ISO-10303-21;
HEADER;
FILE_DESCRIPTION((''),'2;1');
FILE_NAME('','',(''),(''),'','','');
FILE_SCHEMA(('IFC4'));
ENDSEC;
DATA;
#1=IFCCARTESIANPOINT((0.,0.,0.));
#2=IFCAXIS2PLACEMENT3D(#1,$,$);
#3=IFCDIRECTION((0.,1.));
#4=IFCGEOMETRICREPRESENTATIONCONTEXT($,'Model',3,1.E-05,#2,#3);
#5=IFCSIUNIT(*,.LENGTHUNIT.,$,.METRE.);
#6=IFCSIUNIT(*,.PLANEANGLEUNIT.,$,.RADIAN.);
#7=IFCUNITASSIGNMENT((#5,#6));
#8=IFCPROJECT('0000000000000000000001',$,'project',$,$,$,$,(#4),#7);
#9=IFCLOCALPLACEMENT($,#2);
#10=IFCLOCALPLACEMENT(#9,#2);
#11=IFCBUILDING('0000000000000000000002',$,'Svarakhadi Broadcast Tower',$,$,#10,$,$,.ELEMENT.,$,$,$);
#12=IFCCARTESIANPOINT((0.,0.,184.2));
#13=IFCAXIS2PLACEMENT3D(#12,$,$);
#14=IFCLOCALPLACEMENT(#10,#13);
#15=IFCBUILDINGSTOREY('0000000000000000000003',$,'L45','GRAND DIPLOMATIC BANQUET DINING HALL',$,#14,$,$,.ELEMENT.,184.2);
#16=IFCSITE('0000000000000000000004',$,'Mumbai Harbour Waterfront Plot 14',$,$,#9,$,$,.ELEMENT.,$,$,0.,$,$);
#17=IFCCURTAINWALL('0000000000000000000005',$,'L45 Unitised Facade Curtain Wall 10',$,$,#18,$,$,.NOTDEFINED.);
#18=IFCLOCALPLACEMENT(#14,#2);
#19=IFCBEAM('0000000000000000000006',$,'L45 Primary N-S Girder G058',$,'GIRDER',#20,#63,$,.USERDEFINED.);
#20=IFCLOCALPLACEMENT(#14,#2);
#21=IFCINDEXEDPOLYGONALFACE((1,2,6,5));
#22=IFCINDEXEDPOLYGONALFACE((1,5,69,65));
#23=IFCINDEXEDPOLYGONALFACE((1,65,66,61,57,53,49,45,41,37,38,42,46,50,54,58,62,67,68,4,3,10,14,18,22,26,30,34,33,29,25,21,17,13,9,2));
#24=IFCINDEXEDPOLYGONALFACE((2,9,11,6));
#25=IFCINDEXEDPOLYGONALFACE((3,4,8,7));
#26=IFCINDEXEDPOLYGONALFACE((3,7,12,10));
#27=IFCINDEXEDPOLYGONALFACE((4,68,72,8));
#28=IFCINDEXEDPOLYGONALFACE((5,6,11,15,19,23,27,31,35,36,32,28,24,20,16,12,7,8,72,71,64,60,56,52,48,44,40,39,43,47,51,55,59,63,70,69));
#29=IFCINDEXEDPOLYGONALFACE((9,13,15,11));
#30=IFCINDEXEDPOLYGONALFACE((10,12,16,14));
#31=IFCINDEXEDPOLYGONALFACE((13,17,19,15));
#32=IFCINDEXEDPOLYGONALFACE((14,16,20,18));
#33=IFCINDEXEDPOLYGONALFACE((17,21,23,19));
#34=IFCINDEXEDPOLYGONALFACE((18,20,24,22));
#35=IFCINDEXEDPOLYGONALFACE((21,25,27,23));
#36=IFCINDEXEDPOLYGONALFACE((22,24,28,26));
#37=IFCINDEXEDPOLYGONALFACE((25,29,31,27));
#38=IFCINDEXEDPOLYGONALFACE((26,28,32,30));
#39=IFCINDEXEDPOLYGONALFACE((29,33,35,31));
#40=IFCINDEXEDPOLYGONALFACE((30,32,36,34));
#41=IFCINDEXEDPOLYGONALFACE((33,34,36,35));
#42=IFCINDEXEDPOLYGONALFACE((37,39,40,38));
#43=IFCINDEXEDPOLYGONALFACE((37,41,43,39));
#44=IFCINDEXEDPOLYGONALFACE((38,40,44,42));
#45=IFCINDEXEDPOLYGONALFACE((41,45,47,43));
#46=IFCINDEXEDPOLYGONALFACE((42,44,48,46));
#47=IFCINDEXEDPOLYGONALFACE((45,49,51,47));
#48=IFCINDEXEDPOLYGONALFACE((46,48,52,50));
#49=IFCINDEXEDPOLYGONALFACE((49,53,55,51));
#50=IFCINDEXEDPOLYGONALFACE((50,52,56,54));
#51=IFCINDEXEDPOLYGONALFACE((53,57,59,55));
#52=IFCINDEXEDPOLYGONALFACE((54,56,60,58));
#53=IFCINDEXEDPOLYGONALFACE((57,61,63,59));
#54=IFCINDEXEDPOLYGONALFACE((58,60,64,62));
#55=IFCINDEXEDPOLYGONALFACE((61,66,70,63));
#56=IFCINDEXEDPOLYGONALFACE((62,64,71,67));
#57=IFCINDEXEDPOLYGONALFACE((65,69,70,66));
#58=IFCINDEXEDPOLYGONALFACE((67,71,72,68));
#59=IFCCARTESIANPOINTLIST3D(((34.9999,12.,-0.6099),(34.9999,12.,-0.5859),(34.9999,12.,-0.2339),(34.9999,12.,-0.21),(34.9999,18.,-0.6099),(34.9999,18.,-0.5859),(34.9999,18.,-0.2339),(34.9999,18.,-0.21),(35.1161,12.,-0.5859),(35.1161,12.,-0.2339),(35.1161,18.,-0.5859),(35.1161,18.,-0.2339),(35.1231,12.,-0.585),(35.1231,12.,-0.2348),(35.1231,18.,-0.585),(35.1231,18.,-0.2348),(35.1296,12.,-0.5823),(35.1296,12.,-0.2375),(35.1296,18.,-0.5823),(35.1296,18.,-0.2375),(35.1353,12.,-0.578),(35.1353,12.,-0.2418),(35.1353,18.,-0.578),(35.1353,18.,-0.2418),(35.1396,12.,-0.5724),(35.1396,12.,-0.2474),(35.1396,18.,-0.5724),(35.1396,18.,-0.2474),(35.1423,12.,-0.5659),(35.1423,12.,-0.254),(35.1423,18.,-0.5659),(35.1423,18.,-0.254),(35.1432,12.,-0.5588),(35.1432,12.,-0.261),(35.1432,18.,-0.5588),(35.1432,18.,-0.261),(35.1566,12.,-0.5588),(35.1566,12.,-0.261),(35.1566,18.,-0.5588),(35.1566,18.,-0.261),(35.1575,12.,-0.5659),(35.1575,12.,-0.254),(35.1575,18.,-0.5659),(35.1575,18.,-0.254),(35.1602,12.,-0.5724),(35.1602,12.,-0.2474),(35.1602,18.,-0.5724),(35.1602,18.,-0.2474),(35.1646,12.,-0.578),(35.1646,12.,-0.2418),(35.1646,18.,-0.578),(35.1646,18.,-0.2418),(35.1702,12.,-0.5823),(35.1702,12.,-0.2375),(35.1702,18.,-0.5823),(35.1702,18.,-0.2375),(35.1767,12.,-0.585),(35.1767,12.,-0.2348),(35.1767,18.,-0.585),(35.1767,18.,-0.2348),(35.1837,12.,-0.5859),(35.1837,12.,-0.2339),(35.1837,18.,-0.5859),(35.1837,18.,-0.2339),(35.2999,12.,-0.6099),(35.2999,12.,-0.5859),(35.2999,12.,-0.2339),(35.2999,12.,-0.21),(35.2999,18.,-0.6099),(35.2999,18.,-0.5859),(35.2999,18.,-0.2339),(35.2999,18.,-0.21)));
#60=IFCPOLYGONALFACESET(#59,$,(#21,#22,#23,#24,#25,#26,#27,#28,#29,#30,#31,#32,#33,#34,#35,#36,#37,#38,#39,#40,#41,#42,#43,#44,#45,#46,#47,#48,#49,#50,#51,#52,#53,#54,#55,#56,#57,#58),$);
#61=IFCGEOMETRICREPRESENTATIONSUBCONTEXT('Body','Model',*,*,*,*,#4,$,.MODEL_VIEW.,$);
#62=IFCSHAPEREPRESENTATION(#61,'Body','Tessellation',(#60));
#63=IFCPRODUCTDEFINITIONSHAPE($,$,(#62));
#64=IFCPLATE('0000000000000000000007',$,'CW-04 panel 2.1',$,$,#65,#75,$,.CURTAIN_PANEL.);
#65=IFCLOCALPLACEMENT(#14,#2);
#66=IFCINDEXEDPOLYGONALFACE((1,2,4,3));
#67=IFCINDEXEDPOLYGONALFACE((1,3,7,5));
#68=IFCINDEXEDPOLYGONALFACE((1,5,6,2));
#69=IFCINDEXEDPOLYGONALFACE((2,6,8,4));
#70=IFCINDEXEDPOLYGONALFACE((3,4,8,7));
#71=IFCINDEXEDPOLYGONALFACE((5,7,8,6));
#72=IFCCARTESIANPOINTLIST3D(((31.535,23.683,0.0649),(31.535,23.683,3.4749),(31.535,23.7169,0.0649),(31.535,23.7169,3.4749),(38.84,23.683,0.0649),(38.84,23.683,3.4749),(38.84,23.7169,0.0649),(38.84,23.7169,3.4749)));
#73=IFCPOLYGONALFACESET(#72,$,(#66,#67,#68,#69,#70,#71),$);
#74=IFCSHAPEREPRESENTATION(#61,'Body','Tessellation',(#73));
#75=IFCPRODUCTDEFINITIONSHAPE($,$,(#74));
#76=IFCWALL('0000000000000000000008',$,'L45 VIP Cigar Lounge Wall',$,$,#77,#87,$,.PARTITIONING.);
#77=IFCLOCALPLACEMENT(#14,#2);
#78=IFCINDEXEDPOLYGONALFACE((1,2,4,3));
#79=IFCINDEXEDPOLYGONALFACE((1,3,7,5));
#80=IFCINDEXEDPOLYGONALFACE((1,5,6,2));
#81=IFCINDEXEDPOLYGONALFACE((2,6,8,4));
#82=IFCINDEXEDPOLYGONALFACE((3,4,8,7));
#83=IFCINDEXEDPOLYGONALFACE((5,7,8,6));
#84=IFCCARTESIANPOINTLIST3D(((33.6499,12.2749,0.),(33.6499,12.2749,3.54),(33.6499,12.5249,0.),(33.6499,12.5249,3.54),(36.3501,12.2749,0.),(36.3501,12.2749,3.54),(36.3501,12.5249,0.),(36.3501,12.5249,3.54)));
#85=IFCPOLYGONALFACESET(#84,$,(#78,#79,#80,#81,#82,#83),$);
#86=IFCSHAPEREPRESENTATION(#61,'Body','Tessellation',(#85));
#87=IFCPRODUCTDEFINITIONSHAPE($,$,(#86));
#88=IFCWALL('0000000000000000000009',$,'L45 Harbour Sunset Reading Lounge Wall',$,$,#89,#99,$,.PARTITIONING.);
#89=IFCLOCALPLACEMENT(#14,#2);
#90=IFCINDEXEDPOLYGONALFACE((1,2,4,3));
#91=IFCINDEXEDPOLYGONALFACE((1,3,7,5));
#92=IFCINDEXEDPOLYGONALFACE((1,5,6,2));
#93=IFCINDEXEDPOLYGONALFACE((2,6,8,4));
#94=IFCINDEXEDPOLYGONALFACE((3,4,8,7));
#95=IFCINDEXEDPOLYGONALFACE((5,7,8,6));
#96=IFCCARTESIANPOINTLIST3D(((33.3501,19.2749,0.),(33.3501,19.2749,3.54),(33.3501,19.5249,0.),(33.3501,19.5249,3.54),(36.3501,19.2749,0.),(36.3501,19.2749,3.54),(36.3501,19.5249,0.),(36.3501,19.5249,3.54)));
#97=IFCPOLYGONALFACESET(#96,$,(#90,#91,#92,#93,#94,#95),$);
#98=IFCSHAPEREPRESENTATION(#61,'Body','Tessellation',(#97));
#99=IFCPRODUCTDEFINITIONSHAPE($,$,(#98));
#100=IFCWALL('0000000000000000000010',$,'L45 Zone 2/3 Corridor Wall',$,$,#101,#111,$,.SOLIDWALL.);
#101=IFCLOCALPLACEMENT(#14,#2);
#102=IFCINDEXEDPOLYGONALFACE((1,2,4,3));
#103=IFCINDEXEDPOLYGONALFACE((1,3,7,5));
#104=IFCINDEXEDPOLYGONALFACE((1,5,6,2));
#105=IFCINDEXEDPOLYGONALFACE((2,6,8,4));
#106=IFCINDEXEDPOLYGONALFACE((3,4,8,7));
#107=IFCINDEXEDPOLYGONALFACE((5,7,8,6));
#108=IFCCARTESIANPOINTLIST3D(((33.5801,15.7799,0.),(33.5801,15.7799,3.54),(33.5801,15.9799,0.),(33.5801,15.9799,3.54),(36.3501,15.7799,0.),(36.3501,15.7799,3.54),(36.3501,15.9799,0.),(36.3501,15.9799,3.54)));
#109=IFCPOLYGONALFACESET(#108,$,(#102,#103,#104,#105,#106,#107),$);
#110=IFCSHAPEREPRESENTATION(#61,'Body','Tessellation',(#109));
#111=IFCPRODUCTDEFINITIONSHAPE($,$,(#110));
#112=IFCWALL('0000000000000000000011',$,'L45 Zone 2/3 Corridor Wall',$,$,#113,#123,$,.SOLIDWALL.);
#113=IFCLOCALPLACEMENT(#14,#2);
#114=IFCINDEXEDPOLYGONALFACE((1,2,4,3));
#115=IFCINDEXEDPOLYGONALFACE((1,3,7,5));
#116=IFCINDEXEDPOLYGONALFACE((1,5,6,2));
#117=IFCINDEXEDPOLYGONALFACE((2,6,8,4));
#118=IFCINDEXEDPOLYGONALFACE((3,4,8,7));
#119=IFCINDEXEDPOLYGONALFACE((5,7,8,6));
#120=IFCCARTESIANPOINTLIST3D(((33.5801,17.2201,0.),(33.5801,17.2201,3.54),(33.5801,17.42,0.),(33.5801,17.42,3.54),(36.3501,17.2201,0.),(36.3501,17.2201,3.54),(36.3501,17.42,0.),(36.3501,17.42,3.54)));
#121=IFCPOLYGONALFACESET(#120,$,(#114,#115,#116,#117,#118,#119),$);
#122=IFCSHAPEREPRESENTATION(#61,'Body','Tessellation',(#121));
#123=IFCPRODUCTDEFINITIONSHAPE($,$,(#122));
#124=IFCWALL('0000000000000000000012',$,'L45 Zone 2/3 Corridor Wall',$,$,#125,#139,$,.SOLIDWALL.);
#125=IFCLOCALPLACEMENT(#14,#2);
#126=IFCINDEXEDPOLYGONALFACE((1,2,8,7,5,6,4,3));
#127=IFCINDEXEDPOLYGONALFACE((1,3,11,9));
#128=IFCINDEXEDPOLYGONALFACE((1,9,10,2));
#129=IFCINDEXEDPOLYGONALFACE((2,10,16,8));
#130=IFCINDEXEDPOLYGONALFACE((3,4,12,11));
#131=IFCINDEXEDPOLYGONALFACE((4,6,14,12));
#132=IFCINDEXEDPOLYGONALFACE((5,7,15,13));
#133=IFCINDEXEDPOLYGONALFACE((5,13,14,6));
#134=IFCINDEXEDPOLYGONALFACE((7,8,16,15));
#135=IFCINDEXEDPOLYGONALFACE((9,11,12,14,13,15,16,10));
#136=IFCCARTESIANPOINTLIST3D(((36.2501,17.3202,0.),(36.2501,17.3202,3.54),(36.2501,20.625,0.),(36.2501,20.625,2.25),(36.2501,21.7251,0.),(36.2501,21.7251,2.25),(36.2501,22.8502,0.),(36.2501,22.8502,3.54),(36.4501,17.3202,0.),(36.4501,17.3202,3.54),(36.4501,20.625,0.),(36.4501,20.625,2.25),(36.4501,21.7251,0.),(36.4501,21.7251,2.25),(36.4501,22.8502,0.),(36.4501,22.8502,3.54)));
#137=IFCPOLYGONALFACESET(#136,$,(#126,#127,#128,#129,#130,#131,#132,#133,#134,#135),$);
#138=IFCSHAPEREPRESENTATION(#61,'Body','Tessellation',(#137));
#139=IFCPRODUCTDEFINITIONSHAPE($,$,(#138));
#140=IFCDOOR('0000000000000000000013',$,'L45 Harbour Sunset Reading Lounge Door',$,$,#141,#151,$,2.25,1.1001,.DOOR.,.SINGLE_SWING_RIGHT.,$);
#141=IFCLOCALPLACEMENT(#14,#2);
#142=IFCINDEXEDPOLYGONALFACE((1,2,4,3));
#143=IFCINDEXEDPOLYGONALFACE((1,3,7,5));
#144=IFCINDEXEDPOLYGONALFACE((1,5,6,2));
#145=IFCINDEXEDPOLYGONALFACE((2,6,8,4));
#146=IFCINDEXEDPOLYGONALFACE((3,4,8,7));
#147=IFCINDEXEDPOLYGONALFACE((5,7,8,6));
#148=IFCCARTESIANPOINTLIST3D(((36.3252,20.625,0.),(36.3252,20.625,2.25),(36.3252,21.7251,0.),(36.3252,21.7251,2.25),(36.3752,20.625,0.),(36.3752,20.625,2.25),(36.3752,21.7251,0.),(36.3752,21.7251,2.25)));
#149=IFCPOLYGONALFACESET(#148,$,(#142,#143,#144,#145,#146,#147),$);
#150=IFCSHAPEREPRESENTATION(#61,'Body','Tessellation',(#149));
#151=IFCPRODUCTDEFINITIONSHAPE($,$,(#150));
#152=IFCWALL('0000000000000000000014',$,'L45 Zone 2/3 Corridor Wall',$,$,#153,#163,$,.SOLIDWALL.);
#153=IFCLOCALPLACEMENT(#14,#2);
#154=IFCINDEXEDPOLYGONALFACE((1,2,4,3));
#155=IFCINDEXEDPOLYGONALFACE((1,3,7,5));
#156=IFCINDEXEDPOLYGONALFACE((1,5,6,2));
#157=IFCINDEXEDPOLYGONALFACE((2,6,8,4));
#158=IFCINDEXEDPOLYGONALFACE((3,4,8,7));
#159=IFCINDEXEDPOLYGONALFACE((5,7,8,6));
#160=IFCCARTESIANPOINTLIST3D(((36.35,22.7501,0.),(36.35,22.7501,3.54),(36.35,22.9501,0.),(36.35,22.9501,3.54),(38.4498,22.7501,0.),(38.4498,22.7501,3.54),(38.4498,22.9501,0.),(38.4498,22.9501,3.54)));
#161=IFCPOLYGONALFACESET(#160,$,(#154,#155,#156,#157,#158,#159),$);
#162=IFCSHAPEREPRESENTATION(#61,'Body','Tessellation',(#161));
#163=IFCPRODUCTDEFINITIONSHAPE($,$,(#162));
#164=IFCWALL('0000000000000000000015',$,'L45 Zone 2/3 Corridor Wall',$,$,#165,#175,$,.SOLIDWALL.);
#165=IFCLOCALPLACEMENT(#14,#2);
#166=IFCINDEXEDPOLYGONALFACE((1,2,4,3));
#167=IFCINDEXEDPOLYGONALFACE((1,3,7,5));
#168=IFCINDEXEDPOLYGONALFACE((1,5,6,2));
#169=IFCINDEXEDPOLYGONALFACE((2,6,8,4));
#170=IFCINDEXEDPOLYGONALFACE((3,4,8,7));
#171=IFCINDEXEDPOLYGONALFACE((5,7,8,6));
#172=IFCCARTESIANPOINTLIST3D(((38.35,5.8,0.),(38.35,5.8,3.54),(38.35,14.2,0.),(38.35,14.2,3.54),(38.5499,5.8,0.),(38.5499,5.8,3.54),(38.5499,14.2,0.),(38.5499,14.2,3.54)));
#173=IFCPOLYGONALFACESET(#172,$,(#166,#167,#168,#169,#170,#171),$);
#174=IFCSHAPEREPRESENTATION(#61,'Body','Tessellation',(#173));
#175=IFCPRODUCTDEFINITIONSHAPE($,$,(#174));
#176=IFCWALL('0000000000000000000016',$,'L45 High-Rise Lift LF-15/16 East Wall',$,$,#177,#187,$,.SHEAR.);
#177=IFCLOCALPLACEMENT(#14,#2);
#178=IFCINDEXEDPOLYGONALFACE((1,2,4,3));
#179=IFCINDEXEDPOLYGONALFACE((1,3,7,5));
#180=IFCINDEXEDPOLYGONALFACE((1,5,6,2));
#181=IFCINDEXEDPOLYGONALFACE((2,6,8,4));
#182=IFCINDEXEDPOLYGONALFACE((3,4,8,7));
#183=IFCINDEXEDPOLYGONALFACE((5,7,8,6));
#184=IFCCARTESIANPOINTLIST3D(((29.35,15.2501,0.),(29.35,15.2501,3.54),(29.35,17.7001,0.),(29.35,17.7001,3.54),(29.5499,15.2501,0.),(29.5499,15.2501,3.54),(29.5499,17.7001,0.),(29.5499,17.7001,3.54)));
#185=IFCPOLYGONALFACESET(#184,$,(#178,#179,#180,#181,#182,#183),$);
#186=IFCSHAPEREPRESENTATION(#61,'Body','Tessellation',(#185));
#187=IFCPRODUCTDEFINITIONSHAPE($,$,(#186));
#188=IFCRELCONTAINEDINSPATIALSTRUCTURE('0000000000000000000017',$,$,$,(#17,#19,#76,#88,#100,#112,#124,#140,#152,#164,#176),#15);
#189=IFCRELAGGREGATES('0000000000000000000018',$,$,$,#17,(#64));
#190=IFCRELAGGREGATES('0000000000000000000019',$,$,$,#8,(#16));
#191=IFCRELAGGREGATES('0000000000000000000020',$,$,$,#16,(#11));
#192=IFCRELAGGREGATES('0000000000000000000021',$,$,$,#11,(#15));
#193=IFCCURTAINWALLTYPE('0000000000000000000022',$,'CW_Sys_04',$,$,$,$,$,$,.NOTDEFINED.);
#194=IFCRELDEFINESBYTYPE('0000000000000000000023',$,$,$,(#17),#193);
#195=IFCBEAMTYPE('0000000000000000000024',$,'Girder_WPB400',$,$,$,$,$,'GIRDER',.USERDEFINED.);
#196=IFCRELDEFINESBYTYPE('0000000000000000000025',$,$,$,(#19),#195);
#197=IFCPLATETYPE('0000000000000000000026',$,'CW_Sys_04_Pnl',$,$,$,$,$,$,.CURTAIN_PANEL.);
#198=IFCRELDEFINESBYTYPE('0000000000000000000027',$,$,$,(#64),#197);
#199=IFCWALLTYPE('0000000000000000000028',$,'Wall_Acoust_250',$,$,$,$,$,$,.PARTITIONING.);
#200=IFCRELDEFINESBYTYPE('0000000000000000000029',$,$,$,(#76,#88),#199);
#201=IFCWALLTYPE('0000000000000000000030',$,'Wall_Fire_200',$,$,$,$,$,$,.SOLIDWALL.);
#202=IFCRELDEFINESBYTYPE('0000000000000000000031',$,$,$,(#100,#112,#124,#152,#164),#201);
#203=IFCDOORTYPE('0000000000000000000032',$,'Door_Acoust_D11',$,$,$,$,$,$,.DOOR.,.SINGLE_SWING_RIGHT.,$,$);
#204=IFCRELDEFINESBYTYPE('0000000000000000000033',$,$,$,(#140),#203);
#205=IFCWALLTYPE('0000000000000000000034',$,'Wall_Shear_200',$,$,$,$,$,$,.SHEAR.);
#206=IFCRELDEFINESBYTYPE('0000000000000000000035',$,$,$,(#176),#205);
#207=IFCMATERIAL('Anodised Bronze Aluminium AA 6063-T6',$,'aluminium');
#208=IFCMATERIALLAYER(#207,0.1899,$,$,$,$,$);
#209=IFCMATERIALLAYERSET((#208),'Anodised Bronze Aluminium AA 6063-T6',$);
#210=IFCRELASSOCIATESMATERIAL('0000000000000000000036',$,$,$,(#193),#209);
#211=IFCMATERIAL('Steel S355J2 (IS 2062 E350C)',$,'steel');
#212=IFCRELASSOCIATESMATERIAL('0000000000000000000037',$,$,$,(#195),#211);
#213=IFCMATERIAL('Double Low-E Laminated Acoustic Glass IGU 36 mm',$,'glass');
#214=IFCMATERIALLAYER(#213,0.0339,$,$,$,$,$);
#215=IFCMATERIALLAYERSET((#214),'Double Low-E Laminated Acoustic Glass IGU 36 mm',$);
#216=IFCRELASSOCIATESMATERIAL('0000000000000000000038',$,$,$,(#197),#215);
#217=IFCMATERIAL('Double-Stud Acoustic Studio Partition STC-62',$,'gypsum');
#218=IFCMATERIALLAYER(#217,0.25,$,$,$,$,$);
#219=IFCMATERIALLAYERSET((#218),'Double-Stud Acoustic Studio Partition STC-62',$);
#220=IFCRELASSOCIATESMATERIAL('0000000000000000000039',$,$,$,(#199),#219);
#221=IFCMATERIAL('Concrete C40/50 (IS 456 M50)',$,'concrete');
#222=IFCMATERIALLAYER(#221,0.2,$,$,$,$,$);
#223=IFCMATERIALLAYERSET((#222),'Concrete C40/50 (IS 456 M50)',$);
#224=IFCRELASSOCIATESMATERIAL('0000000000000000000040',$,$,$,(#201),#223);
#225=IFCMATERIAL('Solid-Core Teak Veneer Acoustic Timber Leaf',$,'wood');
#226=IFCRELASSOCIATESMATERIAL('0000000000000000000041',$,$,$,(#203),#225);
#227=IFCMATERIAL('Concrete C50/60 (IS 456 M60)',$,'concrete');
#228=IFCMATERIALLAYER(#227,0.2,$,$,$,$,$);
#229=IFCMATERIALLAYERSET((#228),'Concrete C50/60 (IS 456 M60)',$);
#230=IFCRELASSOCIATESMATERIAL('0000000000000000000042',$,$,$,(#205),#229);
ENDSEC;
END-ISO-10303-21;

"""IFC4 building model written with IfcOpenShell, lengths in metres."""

from ifc_helpers import new_model, si_unit, direction, frame, frame_2d, origin, origin_2d, place, context, subcontext, project, spatial, rectangle, i_section, extrude, material, layer, layer_set, material_profile, profile_set, type_object, element, fill, aggregate, save


model = new_model("IFC4")

# Units and contexts
model_context = context("Model", 3, precision=1e-05, world=origin(), true_north=direction((0.0, 1.0)))
body_context = subcontext(model_context, "Body", "Model", "MODEL_VIEW")
ifc_project = project(units=[si_unit("LENGTHUNIT", "METRE"), si_unit("PLANEANGLEUNIT", "RADIAN")], contexts=[model_context])

# Site, building, storey
site_placement = place(None, origin())
site = spatial("IfcSite", under=ifc_project, at=site_placement, Name="Mumbai Harbour Waterfront Plot 14", CompositionType="ELEMENT", RefElevation=0.0)
building_placement = place(site_placement, origin())
building = spatial("IfcBuilding", under=site, at=building_placement, Name="Svarakhadi Broadcast Tower", CompositionType="ELEMENT")
storey_placement = place(building_placement, frame((0.0, 0.0, 184.2)))
storey = spatial("IfcBuildingStorey", under=building, at=storey_placement, Name="L45", Description="GRAND DIPLOMATIC BANQUET DINING HALL", CompositionType="ELEMENT", Elevation=184.2)

# Shared definitions
ifc_material_1 = material(Name="Concrete C50/60 (IS 456 M60)", Category="concrete")

# Shared definitions
ifc_material_2 = material(Name="Steel S355J2 (IS 2062 E350C)", Category="steel")

# Curtain wall
ifc_material_3 = material(Name="Anodised Bronze Aluminium AA 6063-T6", Category="aluminium")
ifc_layer_1 = layer(ifc_material_3, 0.1899)
ifc_layer_set_1 = layer_set([ifc_layer_1], Name="Anodised Bronze Aluminium AA 6063-T6")
curtain_wall_type = type_object("IfcCurtainWallType", Name="CW_Sys_04", PredefinedType="NOTDEFINED", material=ifc_layer_set_1)
curtain_wall_placement = place(storey_placement, origin())
curtain_wall = element("IfcCurtainWall", 1, at=curtain_wall_placement, inside=storey, type_object=curtain_wall_type, Name="L45 Unitised Facade Curtain Wall 10", PredefinedType="NOTDEFINED")

# Beam
ifc_material_profile_1 = material_profile(ifc_material_2, i_section(OverallWidth=0.3, OverallDepth=0.3999, WebThickness=0.0134, FlangeThickness=0.0239, FilletRadius=0.0271, at=origin_2d()), Name="WPB 400x300x155")
ifc_profile_set_1 = profile_set([ifc_material_profile_1], Name="Steel S355J2 (IS 2062 E350C)")
beam_type_1 = type_object("IfcBeamType", Name="Girder_WPB400", ElementType="GIRDER", PredefinedType="USERDEFINED", material=ifc_profile_set_1)
beam_1_placement = place(storey_placement, frame((35.1499, 12.0, -0.4099), z_axis=(0.0, 1.0, 0.0), x_axis=(-1.0, 0.0, 0.0)))
element("IfcBeam", 2, at=beam_1_placement, inside=storey, type_object=beam_type_1, Name="L45 Primary N-S Girder G058", ObjectType="GIRDER", PredefinedType="USERDEFINED", context=body_context, shape_type="SweptSolid", body=[
    extrude(i_section(OverallWidth=0.3, OverallDepth=0.3999, WebThickness=0.0134, FlangeThickness=0.0239, FilletRadius=0.0271, at=origin_2d()), origin(), (0.0, 0.0, 1.0), 6.0),
])

# Plate
ifc_material_4 = material(Name="Double Low-E Laminated Acoustic Glass IGU 36 mm", Category="glass")
ifc_layer_2 = layer(ifc_material_4, 0.0339)
ifc_layer_set_2 = layer_set([ifc_layer_2], Name="Double Low-E Laminated Acoustic Glass IGU 36 mm")
plate_type = type_object("IfcPlateType", Name="CW_Sys_04_Pnl", PredefinedType="CURTAIN_PANEL", material=ifc_layer_set_2)
plate_placement = place(storey_placement, frame((35.1875, 23.7, 0.0649), z_axis=(0.0, 0.0, 1.0), x_axis=(1.0, 0.0, 0.0)))
plate = element("IfcPlate", 3, at=plate_placement, type_object=plate_type, Name="CW-04 panel 2.1", PredefinedType="CURTAIN_PANEL", context=body_context, shape_type="SweptSolid", body=[
    extrude(rectangle(XDim=7.3049, YDim=0.0339, at=origin_2d()), origin(), (0.0, 0.0, 1.0), 3.4099),
])
aggregate(curtain_wall, [plate])

# Walls
ifc_material_5 = material(Name="Double-Stud Acoustic Studio Partition STC-62", Category="gypsum")
ifc_layer_3 = layer(ifc_material_5, 0.25)
ifc_layer_set_3 = layer_set([ifc_layer_3], Name="Double-Stud Acoustic Studio Partition STC-62")
wall_type_1 = type_object("IfcWallType", Name="Wall_Acoust_250", PredefinedType="PARTITIONING", material=ifc_layer_set_3)
wall_1_placement = place(storey_placement, frame((33.6499, 12.3999, 0.0), z_axis=(0.0, 0.0, 1.0), x_axis=(1.0, 0.0, 0.0)))
element("IfcWall", 4, at=wall_1_placement, inside=storey, type_object=wall_type_1, Name="L45 VIP Cigar Lounge Wall", PredefinedType="PARTITIONING", context=body_context, shape_type="SweptSolid", body=[
    extrude(rectangle(XDim=2.7002, YDim=0.25, at=frame_2d((1.3501, 0.0))), origin(), (0.0, 0.0, 1.0), 3.54),
])
wall_2_placement = place(storey_placement, frame((33.3501, 19.3999, 0.0), z_axis=(0.0, 0.0, 1.0), x_axis=(1.0, 0.0, 0.0)))
element("IfcWall", 5, at=wall_2_placement, inside=storey, type_object=wall_type_1, Name="L45 Harbour Sunset Reading Lounge Wall", PredefinedType="PARTITIONING", context=body_context, shape_type="SweptSolid", body=[
    extrude(rectangle(XDim=3.0, YDim=0.25, at=frame_2d((1.5, 0.0))), origin(), (0.0, 0.0, 1.0), 3.54),
])
ifc_material_6 = material(Name="Concrete C40/50 (IS 456 M50)", Category="concrete")
ifc_layer_4 = layer(ifc_material_6, 0.2)
ifc_layer_set_4 = layer_set([ifc_layer_4], Name="Concrete C40/50 (IS 456 M50)")
wall_type_2 = type_object("IfcWallType", Name="Wall_Fire_200", PredefinedType="SOLIDWALL", material=ifc_layer_set_4)
for number, where, z_axis, x_axis, name in (
    (6, (36.3501, 15.8799, 0.0), (0.0, 0.0, 1.0), (-1.0, 0.0, 0.0), "L45 Zone 2/3 Corridor Wall"),
    (7, (33.5801, 17.3201, 0.0), (0.0, 0.0, 1.0), (1.0, 0.0, 0.0), "L45 Zone 2/3 Corridor Wall"),
):
    element("IfcWall", number, at=place(storey_placement, frame(where, z_axis=z_axis, x_axis=x_axis)), inside=storey, type_object=wall_type_2, Name=name, PredefinedType="SOLIDWALL", context=body_context, shape_type="SweptSolid", body=[
        extrude(rectangle(XDim=2.77, YDim=0.2, at=frame_2d((1.385, 0.0))), origin(), (0.0, 0.0, 1.0), 3.54),
    ])

# Wall, opening, door
wall_3_placement = place(storey_placement, frame((36.3501, 17.3201, 0.0), z_axis=(0.0, 0.0, 1.0), x_axis=(0.0, 1.0, 0.0)))
wall_3 = element("IfcWall", 8, at=wall_3_placement, inside=storey, type_object=wall_type_2, Name="L45 Zone 2/3 Corridor Wall", PredefinedType="SOLIDWALL", context=body_context, shape_type="SweptSolid", body=[
    extrude(rectangle(XDim=5.53, YDim=0.2, at=frame_2d((2.7651, 0.0))), origin(), (0.0, 0.0, 1.0), 3.54),
])
opening_1_placement = place(wall_3_placement, frame((3.3049, 0.0, 0.0)))
opening_1 = element("IfcOpeningElement", 9, at=opening_1_placement, cuts=wall_3, PredefinedType="OPENING", context=body_context, shape_type="SweptSolid", body=[
    extrude(rectangle(XDim=1.1001, YDim=2.25, at=frame_2d((0.55, 1.125))), frame((0.0, 0.1099, 0.0), z_axis=(0.0, -1.0, 0.0), x_axis=(1.0, 0.0, 0.0)), (0.0, 0.0, 1.0), 0.22),
])
ifc_material_7 = material(Name="Solid-Core Teak Veneer Acoustic Timber Leaf", Category="wood")
door_type_1 = type_object("IfcDoorType", Name="Door_Acoust_D11", OperationType="SINGLE_SWING_RIGHT", PredefinedType="DOOR", material=ifc_material_7)
door_1_placement = place(opening_1_placement, origin())
door_1 = element("IfcDoor", 10, at=door_1_placement, inside=storey, type_object=door_type_1, Name="L45 Harbour Sunset Reading Lounge Door", OperationType="SINGLE_SWING_RIGHT", OverallHeight=2.25, OverallWidth=1.1001, PredefinedType="DOOR", context=body_context, shape_type="SweptSolid", body=[
    extrude(rectangle(XDim=1.1001, YDim=2.25, at=frame_2d((0.55, 1.125))), frame((0.0, 0.0249, 0.0), z_axis=(0.0, -1.0, 0.0), x_axis=(1.0, 0.0, 0.0)), (0.0, 0.0, 1.0), 0.05),
])
fill(opening_1, door_1)

# Walls
wall_4_placement = place(storey_placement, frame((36.3501, 22.8501, 0.0), z_axis=(0.0, 0.0, 1.0), x_axis=(1.0, 0.0, 0.0)))
element("IfcWall", 11, at=wall_4_placement, inside=storey, type_object=wall_type_2, Name="L45 Zone 2/3 Corridor Wall", PredefinedType="SOLIDWALL", context=body_context, shape_type="SweptSolid", body=[
    extrude(rectangle(XDim=2.0999, YDim=0.2, at=frame_2d((1.0498, 0.0))), origin(), (0.0, 0.0, 1.0), 3.54),
])
wall_5_placement = place(storey_placement, frame((38.45, 14.2, 0.0), z_axis=(0.0, 0.0, 1.0), x_axis=(0.0, -1.0, 0.0)))
element("IfcWall", 12, at=wall_5_placement, inside=storey, type_object=wall_type_2, Name="L45 Zone 2/3 Corridor Wall", PredefinedType="SOLIDWALL", context=body_context, shape_type="SweptSolid", body=[
    extrude(rectangle(XDim=8.3999, YDim=0.2, at=frame_2d((4.2, 0.0))), origin(), (0.0, 0.0, 1.0), 3.54),
])

# Wall
ifc_layer_5 = layer(ifc_material_1, 0.2)
ifc_layer_set_5 = layer_set([ifc_layer_5], Name="Concrete C50/60 (IS 456 M60)")
wall_type_3 = type_object("IfcWallType", Name="Wall_Shear_200", PredefinedType="SHEAR", material=ifc_layer_set_5)
wall_6_placement = place(storey_placement, frame((29.45, 15.25, 0.0), z_axis=(0.0, 0.0, 1.0), x_axis=(0.0, 1.0, 0.0)))
element("IfcWall", 13, at=wall_6_placement, inside=storey, type_object=wall_type_3, Name="L45 High-Rise Lift LF-15/16 East Wall", PredefinedType="SHEAR", context=body_context, shape_type="SweptSolid", body=[
    extrude(rectangle(XDim=2.45, YDim=0.2, at=frame_2d((1.2251, 0.0))), origin(), (0.0, 0.0, 1.0), 3.54),
])

save(model, "model.ifc")
